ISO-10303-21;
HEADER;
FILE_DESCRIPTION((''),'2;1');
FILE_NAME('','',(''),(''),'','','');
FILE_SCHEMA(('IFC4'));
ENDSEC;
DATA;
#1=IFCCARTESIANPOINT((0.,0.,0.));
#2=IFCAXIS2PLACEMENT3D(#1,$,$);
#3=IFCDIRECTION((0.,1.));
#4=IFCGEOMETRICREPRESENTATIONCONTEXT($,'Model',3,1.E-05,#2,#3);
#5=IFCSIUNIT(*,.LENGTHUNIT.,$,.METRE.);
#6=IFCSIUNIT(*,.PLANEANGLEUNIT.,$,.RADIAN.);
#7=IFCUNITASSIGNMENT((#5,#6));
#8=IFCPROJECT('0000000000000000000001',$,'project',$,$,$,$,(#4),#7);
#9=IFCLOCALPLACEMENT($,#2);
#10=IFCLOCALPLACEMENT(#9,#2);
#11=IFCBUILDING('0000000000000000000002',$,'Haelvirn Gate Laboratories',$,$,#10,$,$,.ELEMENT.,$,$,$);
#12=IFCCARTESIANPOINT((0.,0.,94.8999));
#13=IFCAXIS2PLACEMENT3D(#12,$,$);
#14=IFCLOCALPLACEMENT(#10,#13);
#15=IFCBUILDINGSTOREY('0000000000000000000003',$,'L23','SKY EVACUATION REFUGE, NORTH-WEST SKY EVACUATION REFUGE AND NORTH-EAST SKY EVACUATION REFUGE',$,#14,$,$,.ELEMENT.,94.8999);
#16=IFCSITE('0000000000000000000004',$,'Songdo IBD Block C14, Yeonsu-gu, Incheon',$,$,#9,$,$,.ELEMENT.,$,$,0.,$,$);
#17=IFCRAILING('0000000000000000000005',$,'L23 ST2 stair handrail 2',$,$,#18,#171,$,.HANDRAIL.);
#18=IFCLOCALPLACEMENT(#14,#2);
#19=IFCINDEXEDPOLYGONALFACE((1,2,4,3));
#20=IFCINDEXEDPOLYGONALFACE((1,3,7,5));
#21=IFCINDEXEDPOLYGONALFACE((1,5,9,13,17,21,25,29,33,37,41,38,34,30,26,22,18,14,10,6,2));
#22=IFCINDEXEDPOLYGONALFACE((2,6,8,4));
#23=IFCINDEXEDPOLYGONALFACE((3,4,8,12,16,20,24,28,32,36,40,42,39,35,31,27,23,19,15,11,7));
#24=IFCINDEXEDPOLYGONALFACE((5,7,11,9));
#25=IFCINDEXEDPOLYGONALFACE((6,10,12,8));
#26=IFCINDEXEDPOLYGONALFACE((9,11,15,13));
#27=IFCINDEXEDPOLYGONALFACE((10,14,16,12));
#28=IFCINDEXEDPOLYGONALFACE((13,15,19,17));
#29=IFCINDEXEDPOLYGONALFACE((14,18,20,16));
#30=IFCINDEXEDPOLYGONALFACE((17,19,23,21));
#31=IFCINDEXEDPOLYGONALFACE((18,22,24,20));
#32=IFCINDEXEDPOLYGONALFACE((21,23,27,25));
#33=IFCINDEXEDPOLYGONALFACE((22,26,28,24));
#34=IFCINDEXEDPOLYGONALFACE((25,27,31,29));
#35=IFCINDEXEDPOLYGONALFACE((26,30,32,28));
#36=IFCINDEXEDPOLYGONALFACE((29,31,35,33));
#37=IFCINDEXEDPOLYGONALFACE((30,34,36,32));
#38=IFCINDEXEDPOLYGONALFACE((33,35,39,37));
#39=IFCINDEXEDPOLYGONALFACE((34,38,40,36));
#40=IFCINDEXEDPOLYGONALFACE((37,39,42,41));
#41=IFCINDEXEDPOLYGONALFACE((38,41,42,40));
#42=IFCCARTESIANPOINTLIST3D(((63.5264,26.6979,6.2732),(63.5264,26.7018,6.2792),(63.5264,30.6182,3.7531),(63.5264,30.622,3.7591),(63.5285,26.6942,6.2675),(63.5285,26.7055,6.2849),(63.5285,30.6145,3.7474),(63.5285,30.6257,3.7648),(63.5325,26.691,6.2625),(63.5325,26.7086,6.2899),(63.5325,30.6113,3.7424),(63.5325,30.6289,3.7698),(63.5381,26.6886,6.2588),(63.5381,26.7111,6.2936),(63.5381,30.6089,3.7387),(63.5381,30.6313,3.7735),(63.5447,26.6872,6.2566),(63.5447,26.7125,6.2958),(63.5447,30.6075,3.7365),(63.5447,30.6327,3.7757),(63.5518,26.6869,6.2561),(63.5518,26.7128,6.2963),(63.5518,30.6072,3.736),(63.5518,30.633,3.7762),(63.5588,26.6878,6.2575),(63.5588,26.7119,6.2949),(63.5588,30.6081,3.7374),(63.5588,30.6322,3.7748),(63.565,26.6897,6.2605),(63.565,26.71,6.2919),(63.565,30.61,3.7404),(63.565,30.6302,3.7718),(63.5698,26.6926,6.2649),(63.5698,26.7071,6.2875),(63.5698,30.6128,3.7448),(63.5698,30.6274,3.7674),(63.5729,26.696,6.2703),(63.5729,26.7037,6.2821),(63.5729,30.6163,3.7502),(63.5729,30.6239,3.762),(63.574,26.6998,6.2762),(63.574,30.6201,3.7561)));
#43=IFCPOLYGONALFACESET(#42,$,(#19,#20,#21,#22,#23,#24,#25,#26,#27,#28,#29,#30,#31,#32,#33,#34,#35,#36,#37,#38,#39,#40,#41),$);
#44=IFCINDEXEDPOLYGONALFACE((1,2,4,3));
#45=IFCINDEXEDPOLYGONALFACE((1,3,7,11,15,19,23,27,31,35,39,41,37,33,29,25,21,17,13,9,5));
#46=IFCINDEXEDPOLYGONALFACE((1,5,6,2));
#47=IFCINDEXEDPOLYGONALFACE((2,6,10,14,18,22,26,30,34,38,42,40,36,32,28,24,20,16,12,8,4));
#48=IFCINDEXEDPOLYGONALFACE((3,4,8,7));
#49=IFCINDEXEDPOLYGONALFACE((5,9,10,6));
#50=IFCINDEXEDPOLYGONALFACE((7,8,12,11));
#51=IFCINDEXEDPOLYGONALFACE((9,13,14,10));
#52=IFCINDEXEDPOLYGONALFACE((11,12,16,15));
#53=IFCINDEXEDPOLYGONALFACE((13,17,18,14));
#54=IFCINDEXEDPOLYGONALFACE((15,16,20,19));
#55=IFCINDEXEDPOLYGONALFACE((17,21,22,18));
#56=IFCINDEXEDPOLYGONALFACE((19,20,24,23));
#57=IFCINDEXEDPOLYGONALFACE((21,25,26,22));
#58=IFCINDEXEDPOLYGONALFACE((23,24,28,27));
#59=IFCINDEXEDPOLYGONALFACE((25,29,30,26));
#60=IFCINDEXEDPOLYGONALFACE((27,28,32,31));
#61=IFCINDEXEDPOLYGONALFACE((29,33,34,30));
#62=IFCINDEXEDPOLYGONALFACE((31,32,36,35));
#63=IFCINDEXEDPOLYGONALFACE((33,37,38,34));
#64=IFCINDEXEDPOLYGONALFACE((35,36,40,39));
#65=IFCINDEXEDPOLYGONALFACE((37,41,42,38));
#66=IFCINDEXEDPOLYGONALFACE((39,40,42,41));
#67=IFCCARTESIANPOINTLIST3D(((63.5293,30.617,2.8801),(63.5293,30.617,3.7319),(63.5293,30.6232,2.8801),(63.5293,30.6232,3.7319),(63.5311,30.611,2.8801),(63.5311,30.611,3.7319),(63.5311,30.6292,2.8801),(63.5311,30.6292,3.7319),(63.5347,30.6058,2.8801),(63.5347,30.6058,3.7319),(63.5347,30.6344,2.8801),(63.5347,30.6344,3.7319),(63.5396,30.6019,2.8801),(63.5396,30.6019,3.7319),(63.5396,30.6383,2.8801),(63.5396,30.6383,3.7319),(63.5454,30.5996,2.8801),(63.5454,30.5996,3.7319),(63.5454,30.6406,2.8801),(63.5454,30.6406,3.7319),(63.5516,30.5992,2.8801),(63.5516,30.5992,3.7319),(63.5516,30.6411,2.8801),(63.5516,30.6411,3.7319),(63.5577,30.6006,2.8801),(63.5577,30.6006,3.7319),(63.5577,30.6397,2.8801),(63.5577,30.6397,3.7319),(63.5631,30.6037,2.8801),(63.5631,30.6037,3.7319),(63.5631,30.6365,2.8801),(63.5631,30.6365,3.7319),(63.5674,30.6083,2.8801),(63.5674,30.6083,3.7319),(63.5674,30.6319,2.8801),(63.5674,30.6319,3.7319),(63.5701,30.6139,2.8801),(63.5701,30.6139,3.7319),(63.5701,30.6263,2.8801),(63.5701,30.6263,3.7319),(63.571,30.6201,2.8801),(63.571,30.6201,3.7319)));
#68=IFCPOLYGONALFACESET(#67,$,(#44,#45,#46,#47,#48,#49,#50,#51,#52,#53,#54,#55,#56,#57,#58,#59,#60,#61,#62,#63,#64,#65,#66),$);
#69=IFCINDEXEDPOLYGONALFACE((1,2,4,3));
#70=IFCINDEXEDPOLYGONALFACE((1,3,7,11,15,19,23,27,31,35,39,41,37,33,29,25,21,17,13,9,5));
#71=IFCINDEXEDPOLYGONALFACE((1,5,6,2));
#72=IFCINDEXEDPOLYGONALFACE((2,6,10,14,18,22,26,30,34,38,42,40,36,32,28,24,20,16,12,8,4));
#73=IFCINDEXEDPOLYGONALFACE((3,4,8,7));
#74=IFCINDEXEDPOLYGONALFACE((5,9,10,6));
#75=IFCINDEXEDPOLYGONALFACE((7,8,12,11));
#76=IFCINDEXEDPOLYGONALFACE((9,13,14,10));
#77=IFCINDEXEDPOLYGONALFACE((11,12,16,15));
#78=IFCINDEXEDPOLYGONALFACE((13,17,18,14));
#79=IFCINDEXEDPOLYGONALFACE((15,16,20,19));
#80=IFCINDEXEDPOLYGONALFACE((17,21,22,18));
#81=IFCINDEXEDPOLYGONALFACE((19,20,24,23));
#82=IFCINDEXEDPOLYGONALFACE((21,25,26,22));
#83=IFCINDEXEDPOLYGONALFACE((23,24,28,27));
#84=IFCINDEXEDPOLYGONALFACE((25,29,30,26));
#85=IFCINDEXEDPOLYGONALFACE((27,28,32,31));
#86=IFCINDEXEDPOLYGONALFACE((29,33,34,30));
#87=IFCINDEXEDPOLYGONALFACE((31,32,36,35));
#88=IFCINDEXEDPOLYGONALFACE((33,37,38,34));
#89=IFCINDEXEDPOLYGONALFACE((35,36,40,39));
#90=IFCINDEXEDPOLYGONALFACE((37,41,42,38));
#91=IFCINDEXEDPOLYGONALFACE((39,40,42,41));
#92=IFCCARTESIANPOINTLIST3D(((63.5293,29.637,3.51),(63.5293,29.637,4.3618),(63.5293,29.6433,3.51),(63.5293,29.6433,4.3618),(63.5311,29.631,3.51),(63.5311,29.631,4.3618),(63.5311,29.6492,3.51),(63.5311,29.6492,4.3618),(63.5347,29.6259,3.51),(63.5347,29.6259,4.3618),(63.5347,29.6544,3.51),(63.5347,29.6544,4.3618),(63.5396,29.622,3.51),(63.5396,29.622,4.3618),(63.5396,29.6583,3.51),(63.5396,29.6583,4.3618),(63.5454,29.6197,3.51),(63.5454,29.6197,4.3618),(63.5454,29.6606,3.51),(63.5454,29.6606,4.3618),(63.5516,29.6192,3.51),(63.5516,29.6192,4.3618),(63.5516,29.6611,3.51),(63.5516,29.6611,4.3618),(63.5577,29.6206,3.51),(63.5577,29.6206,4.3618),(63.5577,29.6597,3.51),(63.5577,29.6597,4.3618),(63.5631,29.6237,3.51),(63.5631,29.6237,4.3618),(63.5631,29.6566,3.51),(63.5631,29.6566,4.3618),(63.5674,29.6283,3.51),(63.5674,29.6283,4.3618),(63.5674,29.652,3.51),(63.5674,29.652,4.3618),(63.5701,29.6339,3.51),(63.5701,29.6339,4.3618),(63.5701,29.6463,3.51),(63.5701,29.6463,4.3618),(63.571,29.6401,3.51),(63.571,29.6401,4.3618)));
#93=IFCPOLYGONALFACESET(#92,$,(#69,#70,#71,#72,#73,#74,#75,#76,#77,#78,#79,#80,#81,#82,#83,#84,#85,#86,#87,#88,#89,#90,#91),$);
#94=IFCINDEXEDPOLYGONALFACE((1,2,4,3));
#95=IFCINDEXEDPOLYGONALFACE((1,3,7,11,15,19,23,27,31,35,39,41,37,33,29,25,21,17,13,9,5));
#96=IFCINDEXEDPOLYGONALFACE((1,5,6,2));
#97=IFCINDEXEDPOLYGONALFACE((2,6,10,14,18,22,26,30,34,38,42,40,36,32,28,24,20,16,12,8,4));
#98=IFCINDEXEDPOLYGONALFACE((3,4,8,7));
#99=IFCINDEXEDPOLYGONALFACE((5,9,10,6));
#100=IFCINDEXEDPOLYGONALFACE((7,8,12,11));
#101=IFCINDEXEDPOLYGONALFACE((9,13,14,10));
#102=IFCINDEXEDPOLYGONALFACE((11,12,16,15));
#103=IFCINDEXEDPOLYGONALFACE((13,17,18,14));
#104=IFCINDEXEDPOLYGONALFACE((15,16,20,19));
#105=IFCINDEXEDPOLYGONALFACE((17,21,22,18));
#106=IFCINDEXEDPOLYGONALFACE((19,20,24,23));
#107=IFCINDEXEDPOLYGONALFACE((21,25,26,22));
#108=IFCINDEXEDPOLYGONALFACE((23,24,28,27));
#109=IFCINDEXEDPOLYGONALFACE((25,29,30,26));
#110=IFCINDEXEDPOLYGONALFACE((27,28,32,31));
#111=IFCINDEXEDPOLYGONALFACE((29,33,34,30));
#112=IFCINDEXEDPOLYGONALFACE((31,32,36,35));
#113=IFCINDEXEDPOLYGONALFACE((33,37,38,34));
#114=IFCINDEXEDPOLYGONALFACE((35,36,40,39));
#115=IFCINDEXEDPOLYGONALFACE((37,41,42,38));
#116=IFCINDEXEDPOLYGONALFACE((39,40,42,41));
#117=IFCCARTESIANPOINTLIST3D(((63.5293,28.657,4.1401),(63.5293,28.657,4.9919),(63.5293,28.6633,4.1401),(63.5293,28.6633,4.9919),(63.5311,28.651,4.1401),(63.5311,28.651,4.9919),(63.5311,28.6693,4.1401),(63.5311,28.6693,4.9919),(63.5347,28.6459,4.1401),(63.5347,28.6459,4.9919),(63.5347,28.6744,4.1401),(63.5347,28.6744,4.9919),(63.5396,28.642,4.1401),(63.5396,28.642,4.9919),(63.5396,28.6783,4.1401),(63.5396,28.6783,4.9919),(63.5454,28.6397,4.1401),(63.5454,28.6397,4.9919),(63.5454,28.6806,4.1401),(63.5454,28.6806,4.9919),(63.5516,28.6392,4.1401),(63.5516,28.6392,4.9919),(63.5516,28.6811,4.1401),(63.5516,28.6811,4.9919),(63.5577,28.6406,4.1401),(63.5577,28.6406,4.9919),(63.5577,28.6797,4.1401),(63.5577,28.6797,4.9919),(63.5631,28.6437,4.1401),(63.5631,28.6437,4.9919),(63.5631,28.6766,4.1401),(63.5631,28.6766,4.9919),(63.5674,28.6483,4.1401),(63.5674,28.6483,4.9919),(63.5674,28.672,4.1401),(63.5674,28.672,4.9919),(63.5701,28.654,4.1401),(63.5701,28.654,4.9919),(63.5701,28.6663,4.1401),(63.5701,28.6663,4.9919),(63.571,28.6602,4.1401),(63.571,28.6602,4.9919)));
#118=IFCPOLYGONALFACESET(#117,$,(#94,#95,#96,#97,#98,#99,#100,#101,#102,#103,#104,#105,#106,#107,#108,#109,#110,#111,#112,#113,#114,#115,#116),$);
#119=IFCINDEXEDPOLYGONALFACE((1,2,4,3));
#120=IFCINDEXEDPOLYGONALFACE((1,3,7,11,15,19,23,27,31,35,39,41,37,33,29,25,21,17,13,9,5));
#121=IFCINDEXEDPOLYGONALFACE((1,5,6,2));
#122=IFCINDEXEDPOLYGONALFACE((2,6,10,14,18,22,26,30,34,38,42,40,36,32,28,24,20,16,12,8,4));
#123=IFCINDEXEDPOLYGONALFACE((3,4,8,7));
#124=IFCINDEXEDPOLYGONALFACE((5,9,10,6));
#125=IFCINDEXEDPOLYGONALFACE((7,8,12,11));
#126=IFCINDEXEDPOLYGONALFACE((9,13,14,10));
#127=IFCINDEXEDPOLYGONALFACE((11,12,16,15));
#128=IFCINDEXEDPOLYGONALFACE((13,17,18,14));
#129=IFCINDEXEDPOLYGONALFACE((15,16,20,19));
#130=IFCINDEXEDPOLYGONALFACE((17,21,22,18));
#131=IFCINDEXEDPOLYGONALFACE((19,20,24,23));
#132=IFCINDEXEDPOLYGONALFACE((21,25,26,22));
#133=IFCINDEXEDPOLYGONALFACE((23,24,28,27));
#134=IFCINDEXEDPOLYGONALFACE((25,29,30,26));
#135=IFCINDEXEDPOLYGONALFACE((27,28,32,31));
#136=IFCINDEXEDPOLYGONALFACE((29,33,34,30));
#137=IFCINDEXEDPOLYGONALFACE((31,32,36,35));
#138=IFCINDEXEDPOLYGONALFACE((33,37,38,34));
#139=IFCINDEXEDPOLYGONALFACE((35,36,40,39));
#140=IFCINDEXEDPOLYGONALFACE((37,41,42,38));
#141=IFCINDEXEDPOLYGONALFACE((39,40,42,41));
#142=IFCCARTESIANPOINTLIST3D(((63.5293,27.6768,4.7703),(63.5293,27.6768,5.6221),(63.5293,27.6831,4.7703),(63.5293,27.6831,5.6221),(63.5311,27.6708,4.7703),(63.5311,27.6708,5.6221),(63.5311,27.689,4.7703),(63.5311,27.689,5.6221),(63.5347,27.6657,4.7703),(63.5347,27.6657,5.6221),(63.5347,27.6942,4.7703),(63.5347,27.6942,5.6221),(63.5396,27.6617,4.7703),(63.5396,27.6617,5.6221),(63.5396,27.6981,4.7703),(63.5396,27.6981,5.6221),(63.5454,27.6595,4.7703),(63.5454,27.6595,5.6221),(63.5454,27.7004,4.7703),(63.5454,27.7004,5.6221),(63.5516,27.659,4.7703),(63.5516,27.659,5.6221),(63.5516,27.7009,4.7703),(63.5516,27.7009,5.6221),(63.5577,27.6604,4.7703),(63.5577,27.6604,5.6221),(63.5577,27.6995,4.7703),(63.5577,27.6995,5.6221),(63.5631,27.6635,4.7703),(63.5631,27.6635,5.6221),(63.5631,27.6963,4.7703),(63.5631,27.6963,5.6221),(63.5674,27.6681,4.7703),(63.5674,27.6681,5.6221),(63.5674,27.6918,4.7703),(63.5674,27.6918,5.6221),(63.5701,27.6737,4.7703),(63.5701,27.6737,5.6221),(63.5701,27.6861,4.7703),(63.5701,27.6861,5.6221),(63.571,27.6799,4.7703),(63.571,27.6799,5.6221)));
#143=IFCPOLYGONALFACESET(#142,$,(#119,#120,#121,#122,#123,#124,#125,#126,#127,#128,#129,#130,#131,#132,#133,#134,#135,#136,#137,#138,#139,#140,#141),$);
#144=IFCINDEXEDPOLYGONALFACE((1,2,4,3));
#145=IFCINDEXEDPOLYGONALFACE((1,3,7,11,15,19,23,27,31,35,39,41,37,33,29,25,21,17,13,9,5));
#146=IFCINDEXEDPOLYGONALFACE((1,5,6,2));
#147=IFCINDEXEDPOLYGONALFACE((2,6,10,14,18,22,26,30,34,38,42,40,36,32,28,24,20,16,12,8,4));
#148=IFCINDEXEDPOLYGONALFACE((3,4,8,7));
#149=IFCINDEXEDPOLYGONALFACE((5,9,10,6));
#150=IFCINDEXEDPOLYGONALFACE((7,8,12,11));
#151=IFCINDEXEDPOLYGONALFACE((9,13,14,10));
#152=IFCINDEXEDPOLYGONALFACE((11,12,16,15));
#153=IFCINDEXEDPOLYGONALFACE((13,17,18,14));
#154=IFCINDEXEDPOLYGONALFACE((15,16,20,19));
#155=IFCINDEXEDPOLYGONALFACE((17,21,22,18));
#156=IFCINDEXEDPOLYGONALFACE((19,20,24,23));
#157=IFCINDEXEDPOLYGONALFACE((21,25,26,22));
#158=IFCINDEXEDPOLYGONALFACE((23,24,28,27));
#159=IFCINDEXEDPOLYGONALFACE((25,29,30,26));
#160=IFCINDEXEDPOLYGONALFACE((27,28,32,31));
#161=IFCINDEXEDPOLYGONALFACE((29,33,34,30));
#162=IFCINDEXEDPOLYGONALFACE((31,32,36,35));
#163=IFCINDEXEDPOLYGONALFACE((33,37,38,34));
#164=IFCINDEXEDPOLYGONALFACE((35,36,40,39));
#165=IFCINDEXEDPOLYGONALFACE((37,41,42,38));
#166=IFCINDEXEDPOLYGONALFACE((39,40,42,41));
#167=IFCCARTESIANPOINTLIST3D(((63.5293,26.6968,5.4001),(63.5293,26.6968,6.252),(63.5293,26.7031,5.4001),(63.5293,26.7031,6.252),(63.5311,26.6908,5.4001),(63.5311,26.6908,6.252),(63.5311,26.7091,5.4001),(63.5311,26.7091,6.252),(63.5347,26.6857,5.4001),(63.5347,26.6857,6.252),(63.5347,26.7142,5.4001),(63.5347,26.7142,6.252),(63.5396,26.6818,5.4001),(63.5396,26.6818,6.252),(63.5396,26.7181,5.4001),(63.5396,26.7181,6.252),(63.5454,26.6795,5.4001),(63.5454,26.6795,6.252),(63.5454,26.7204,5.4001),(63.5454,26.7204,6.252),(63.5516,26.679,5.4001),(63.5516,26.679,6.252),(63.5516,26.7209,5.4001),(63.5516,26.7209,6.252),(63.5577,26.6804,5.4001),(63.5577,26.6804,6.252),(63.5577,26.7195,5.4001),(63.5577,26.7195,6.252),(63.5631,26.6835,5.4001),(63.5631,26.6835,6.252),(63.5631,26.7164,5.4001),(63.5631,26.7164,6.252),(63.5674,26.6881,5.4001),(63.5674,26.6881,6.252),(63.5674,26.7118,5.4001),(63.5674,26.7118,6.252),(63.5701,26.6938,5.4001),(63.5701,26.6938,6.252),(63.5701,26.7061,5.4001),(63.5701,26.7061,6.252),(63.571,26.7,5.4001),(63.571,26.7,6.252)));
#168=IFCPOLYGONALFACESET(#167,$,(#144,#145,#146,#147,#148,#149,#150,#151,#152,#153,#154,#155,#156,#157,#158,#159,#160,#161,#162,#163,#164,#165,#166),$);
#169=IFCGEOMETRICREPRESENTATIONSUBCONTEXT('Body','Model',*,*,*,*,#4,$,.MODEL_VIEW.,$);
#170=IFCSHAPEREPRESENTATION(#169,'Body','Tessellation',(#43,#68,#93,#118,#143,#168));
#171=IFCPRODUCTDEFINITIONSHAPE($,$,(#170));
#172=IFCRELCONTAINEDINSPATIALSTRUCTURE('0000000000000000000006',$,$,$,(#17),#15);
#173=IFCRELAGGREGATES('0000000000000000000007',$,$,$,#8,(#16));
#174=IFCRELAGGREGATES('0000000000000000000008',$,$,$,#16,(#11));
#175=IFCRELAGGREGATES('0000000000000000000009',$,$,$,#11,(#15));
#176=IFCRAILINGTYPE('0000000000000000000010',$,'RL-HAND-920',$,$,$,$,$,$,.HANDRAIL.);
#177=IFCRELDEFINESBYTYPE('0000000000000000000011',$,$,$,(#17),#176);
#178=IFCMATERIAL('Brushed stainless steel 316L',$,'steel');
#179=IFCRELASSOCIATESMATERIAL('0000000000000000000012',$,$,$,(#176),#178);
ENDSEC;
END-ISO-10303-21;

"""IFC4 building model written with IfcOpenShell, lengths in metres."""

from ifc_helpers import new_model, si_unit, direction, frame, origin, origin_2d, place, context, subcontext, project, spatial, circle, extrude, source, transform, mapped, material, type_object, element, save


model = new_model("IFC4")

# Units and contexts
model_context = context("Model", 3, precision=1e-05, world=origin(), true_north=direction((0.0, 1.0)))
body_context = subcontext(model_context, "Body", "Model", "MODEL_VIEW")
ifc_project = project(units=[si_unit("LENGTHUNIT", "METRE"), si_unit("PLANEANGLEUNIT", "RADIAN")], contexts=[model_context])

# Site, building, storey
site_placement = place(None, origin())
site = spatial("IfcSite", under=ifc_project, at=site_placement, Name="Songdo IBD Block C14, Yeonsu-gu, Incheon", CompositionType="ELEMENT", RefElevation=0.0)
building_placement = place(site_placement, origin())
building = spatial("IfcBuilding", under=site, at=building_placement, Name="Haelvirn Gate Laboratories", CompositionType="ELEMENT")
storey_placement = place(building_placement, frame((0.0, 0.0, 94.8999)))
storey = spatial("IfcBuildingStorey", under=building, at=storey_placement, Name="L23", Description="SKY EVACUATION REFUGE, NORTH-WEST SKY EVACUATION REFUGE AND NORTH-EAST SKY EVACUATION REFUGE", CompositionType="ELEMENT", Elevation=94.8999)

# Railing
ifc_material_1 = material(Name="Brushed stainless steel 316L", Category="steel")
railing_type_1 = type_object("IfcRailingType", Name="RL-HAND-920", PredefinedType="HANDRAIL", material=ifc_material_1)
shared_shape_1 = source(origin(), body_context, "Body", "SweptSolid", [
    extrude(circle(Radius=0.0239, at=origin_2d()), frame((0.0, 0.0, 0.876), z_axis=(0.0, -0.841187, 0.540744), x_axis=(1.0, 0.0, 0.0)), (0.0, 0.0, 1.0), 4.6604),
    extrude(circle(Radius=0.021, at=origin_2d()), origin(), (0.0, 0.0, 1.0), 0.8518),
    extrude(circle(Radius=0.021, at=origin_2d()), frame((0.0, -0.98, 0.6299)), (0.0, 0.0, 1.0), 0.8518),
    extrude(circle(Radius=0.021, at=origin_2d()), frame((0.0, -1.96, 1.26)), (0.0, 0.0, 1.0), 0.8518),
    extrude(circle(Radius=0.021, at=origin_2d()), frame((0.0, -2.9402, 1.8901)), (0.0, 0.0, 1.0), 0.8518),
    extrude(circle(Radius=0.021, at=origin_2d()), frame((0.0, -3.9202, 2.52)), (0.0, 0.0, 1.0), 0.8518),
])
railing_1_placement = place(storey_placement, frame((63.55, 30.6201, 2.8801)))
element("IfcRailing", 1, at=railing_1_placement, inside=storey, type_object=railing_type_1, Name="L23 ST2 stair handrail 2", PredefinedType="HANDRAIL", context=body_context, shape_type="MappedRepresentation", body=[
    mapped(shared_shape_1, transform((0.0, 0.0, 0.0), scale=1.0)),
])

save(model, "model.ifc")
